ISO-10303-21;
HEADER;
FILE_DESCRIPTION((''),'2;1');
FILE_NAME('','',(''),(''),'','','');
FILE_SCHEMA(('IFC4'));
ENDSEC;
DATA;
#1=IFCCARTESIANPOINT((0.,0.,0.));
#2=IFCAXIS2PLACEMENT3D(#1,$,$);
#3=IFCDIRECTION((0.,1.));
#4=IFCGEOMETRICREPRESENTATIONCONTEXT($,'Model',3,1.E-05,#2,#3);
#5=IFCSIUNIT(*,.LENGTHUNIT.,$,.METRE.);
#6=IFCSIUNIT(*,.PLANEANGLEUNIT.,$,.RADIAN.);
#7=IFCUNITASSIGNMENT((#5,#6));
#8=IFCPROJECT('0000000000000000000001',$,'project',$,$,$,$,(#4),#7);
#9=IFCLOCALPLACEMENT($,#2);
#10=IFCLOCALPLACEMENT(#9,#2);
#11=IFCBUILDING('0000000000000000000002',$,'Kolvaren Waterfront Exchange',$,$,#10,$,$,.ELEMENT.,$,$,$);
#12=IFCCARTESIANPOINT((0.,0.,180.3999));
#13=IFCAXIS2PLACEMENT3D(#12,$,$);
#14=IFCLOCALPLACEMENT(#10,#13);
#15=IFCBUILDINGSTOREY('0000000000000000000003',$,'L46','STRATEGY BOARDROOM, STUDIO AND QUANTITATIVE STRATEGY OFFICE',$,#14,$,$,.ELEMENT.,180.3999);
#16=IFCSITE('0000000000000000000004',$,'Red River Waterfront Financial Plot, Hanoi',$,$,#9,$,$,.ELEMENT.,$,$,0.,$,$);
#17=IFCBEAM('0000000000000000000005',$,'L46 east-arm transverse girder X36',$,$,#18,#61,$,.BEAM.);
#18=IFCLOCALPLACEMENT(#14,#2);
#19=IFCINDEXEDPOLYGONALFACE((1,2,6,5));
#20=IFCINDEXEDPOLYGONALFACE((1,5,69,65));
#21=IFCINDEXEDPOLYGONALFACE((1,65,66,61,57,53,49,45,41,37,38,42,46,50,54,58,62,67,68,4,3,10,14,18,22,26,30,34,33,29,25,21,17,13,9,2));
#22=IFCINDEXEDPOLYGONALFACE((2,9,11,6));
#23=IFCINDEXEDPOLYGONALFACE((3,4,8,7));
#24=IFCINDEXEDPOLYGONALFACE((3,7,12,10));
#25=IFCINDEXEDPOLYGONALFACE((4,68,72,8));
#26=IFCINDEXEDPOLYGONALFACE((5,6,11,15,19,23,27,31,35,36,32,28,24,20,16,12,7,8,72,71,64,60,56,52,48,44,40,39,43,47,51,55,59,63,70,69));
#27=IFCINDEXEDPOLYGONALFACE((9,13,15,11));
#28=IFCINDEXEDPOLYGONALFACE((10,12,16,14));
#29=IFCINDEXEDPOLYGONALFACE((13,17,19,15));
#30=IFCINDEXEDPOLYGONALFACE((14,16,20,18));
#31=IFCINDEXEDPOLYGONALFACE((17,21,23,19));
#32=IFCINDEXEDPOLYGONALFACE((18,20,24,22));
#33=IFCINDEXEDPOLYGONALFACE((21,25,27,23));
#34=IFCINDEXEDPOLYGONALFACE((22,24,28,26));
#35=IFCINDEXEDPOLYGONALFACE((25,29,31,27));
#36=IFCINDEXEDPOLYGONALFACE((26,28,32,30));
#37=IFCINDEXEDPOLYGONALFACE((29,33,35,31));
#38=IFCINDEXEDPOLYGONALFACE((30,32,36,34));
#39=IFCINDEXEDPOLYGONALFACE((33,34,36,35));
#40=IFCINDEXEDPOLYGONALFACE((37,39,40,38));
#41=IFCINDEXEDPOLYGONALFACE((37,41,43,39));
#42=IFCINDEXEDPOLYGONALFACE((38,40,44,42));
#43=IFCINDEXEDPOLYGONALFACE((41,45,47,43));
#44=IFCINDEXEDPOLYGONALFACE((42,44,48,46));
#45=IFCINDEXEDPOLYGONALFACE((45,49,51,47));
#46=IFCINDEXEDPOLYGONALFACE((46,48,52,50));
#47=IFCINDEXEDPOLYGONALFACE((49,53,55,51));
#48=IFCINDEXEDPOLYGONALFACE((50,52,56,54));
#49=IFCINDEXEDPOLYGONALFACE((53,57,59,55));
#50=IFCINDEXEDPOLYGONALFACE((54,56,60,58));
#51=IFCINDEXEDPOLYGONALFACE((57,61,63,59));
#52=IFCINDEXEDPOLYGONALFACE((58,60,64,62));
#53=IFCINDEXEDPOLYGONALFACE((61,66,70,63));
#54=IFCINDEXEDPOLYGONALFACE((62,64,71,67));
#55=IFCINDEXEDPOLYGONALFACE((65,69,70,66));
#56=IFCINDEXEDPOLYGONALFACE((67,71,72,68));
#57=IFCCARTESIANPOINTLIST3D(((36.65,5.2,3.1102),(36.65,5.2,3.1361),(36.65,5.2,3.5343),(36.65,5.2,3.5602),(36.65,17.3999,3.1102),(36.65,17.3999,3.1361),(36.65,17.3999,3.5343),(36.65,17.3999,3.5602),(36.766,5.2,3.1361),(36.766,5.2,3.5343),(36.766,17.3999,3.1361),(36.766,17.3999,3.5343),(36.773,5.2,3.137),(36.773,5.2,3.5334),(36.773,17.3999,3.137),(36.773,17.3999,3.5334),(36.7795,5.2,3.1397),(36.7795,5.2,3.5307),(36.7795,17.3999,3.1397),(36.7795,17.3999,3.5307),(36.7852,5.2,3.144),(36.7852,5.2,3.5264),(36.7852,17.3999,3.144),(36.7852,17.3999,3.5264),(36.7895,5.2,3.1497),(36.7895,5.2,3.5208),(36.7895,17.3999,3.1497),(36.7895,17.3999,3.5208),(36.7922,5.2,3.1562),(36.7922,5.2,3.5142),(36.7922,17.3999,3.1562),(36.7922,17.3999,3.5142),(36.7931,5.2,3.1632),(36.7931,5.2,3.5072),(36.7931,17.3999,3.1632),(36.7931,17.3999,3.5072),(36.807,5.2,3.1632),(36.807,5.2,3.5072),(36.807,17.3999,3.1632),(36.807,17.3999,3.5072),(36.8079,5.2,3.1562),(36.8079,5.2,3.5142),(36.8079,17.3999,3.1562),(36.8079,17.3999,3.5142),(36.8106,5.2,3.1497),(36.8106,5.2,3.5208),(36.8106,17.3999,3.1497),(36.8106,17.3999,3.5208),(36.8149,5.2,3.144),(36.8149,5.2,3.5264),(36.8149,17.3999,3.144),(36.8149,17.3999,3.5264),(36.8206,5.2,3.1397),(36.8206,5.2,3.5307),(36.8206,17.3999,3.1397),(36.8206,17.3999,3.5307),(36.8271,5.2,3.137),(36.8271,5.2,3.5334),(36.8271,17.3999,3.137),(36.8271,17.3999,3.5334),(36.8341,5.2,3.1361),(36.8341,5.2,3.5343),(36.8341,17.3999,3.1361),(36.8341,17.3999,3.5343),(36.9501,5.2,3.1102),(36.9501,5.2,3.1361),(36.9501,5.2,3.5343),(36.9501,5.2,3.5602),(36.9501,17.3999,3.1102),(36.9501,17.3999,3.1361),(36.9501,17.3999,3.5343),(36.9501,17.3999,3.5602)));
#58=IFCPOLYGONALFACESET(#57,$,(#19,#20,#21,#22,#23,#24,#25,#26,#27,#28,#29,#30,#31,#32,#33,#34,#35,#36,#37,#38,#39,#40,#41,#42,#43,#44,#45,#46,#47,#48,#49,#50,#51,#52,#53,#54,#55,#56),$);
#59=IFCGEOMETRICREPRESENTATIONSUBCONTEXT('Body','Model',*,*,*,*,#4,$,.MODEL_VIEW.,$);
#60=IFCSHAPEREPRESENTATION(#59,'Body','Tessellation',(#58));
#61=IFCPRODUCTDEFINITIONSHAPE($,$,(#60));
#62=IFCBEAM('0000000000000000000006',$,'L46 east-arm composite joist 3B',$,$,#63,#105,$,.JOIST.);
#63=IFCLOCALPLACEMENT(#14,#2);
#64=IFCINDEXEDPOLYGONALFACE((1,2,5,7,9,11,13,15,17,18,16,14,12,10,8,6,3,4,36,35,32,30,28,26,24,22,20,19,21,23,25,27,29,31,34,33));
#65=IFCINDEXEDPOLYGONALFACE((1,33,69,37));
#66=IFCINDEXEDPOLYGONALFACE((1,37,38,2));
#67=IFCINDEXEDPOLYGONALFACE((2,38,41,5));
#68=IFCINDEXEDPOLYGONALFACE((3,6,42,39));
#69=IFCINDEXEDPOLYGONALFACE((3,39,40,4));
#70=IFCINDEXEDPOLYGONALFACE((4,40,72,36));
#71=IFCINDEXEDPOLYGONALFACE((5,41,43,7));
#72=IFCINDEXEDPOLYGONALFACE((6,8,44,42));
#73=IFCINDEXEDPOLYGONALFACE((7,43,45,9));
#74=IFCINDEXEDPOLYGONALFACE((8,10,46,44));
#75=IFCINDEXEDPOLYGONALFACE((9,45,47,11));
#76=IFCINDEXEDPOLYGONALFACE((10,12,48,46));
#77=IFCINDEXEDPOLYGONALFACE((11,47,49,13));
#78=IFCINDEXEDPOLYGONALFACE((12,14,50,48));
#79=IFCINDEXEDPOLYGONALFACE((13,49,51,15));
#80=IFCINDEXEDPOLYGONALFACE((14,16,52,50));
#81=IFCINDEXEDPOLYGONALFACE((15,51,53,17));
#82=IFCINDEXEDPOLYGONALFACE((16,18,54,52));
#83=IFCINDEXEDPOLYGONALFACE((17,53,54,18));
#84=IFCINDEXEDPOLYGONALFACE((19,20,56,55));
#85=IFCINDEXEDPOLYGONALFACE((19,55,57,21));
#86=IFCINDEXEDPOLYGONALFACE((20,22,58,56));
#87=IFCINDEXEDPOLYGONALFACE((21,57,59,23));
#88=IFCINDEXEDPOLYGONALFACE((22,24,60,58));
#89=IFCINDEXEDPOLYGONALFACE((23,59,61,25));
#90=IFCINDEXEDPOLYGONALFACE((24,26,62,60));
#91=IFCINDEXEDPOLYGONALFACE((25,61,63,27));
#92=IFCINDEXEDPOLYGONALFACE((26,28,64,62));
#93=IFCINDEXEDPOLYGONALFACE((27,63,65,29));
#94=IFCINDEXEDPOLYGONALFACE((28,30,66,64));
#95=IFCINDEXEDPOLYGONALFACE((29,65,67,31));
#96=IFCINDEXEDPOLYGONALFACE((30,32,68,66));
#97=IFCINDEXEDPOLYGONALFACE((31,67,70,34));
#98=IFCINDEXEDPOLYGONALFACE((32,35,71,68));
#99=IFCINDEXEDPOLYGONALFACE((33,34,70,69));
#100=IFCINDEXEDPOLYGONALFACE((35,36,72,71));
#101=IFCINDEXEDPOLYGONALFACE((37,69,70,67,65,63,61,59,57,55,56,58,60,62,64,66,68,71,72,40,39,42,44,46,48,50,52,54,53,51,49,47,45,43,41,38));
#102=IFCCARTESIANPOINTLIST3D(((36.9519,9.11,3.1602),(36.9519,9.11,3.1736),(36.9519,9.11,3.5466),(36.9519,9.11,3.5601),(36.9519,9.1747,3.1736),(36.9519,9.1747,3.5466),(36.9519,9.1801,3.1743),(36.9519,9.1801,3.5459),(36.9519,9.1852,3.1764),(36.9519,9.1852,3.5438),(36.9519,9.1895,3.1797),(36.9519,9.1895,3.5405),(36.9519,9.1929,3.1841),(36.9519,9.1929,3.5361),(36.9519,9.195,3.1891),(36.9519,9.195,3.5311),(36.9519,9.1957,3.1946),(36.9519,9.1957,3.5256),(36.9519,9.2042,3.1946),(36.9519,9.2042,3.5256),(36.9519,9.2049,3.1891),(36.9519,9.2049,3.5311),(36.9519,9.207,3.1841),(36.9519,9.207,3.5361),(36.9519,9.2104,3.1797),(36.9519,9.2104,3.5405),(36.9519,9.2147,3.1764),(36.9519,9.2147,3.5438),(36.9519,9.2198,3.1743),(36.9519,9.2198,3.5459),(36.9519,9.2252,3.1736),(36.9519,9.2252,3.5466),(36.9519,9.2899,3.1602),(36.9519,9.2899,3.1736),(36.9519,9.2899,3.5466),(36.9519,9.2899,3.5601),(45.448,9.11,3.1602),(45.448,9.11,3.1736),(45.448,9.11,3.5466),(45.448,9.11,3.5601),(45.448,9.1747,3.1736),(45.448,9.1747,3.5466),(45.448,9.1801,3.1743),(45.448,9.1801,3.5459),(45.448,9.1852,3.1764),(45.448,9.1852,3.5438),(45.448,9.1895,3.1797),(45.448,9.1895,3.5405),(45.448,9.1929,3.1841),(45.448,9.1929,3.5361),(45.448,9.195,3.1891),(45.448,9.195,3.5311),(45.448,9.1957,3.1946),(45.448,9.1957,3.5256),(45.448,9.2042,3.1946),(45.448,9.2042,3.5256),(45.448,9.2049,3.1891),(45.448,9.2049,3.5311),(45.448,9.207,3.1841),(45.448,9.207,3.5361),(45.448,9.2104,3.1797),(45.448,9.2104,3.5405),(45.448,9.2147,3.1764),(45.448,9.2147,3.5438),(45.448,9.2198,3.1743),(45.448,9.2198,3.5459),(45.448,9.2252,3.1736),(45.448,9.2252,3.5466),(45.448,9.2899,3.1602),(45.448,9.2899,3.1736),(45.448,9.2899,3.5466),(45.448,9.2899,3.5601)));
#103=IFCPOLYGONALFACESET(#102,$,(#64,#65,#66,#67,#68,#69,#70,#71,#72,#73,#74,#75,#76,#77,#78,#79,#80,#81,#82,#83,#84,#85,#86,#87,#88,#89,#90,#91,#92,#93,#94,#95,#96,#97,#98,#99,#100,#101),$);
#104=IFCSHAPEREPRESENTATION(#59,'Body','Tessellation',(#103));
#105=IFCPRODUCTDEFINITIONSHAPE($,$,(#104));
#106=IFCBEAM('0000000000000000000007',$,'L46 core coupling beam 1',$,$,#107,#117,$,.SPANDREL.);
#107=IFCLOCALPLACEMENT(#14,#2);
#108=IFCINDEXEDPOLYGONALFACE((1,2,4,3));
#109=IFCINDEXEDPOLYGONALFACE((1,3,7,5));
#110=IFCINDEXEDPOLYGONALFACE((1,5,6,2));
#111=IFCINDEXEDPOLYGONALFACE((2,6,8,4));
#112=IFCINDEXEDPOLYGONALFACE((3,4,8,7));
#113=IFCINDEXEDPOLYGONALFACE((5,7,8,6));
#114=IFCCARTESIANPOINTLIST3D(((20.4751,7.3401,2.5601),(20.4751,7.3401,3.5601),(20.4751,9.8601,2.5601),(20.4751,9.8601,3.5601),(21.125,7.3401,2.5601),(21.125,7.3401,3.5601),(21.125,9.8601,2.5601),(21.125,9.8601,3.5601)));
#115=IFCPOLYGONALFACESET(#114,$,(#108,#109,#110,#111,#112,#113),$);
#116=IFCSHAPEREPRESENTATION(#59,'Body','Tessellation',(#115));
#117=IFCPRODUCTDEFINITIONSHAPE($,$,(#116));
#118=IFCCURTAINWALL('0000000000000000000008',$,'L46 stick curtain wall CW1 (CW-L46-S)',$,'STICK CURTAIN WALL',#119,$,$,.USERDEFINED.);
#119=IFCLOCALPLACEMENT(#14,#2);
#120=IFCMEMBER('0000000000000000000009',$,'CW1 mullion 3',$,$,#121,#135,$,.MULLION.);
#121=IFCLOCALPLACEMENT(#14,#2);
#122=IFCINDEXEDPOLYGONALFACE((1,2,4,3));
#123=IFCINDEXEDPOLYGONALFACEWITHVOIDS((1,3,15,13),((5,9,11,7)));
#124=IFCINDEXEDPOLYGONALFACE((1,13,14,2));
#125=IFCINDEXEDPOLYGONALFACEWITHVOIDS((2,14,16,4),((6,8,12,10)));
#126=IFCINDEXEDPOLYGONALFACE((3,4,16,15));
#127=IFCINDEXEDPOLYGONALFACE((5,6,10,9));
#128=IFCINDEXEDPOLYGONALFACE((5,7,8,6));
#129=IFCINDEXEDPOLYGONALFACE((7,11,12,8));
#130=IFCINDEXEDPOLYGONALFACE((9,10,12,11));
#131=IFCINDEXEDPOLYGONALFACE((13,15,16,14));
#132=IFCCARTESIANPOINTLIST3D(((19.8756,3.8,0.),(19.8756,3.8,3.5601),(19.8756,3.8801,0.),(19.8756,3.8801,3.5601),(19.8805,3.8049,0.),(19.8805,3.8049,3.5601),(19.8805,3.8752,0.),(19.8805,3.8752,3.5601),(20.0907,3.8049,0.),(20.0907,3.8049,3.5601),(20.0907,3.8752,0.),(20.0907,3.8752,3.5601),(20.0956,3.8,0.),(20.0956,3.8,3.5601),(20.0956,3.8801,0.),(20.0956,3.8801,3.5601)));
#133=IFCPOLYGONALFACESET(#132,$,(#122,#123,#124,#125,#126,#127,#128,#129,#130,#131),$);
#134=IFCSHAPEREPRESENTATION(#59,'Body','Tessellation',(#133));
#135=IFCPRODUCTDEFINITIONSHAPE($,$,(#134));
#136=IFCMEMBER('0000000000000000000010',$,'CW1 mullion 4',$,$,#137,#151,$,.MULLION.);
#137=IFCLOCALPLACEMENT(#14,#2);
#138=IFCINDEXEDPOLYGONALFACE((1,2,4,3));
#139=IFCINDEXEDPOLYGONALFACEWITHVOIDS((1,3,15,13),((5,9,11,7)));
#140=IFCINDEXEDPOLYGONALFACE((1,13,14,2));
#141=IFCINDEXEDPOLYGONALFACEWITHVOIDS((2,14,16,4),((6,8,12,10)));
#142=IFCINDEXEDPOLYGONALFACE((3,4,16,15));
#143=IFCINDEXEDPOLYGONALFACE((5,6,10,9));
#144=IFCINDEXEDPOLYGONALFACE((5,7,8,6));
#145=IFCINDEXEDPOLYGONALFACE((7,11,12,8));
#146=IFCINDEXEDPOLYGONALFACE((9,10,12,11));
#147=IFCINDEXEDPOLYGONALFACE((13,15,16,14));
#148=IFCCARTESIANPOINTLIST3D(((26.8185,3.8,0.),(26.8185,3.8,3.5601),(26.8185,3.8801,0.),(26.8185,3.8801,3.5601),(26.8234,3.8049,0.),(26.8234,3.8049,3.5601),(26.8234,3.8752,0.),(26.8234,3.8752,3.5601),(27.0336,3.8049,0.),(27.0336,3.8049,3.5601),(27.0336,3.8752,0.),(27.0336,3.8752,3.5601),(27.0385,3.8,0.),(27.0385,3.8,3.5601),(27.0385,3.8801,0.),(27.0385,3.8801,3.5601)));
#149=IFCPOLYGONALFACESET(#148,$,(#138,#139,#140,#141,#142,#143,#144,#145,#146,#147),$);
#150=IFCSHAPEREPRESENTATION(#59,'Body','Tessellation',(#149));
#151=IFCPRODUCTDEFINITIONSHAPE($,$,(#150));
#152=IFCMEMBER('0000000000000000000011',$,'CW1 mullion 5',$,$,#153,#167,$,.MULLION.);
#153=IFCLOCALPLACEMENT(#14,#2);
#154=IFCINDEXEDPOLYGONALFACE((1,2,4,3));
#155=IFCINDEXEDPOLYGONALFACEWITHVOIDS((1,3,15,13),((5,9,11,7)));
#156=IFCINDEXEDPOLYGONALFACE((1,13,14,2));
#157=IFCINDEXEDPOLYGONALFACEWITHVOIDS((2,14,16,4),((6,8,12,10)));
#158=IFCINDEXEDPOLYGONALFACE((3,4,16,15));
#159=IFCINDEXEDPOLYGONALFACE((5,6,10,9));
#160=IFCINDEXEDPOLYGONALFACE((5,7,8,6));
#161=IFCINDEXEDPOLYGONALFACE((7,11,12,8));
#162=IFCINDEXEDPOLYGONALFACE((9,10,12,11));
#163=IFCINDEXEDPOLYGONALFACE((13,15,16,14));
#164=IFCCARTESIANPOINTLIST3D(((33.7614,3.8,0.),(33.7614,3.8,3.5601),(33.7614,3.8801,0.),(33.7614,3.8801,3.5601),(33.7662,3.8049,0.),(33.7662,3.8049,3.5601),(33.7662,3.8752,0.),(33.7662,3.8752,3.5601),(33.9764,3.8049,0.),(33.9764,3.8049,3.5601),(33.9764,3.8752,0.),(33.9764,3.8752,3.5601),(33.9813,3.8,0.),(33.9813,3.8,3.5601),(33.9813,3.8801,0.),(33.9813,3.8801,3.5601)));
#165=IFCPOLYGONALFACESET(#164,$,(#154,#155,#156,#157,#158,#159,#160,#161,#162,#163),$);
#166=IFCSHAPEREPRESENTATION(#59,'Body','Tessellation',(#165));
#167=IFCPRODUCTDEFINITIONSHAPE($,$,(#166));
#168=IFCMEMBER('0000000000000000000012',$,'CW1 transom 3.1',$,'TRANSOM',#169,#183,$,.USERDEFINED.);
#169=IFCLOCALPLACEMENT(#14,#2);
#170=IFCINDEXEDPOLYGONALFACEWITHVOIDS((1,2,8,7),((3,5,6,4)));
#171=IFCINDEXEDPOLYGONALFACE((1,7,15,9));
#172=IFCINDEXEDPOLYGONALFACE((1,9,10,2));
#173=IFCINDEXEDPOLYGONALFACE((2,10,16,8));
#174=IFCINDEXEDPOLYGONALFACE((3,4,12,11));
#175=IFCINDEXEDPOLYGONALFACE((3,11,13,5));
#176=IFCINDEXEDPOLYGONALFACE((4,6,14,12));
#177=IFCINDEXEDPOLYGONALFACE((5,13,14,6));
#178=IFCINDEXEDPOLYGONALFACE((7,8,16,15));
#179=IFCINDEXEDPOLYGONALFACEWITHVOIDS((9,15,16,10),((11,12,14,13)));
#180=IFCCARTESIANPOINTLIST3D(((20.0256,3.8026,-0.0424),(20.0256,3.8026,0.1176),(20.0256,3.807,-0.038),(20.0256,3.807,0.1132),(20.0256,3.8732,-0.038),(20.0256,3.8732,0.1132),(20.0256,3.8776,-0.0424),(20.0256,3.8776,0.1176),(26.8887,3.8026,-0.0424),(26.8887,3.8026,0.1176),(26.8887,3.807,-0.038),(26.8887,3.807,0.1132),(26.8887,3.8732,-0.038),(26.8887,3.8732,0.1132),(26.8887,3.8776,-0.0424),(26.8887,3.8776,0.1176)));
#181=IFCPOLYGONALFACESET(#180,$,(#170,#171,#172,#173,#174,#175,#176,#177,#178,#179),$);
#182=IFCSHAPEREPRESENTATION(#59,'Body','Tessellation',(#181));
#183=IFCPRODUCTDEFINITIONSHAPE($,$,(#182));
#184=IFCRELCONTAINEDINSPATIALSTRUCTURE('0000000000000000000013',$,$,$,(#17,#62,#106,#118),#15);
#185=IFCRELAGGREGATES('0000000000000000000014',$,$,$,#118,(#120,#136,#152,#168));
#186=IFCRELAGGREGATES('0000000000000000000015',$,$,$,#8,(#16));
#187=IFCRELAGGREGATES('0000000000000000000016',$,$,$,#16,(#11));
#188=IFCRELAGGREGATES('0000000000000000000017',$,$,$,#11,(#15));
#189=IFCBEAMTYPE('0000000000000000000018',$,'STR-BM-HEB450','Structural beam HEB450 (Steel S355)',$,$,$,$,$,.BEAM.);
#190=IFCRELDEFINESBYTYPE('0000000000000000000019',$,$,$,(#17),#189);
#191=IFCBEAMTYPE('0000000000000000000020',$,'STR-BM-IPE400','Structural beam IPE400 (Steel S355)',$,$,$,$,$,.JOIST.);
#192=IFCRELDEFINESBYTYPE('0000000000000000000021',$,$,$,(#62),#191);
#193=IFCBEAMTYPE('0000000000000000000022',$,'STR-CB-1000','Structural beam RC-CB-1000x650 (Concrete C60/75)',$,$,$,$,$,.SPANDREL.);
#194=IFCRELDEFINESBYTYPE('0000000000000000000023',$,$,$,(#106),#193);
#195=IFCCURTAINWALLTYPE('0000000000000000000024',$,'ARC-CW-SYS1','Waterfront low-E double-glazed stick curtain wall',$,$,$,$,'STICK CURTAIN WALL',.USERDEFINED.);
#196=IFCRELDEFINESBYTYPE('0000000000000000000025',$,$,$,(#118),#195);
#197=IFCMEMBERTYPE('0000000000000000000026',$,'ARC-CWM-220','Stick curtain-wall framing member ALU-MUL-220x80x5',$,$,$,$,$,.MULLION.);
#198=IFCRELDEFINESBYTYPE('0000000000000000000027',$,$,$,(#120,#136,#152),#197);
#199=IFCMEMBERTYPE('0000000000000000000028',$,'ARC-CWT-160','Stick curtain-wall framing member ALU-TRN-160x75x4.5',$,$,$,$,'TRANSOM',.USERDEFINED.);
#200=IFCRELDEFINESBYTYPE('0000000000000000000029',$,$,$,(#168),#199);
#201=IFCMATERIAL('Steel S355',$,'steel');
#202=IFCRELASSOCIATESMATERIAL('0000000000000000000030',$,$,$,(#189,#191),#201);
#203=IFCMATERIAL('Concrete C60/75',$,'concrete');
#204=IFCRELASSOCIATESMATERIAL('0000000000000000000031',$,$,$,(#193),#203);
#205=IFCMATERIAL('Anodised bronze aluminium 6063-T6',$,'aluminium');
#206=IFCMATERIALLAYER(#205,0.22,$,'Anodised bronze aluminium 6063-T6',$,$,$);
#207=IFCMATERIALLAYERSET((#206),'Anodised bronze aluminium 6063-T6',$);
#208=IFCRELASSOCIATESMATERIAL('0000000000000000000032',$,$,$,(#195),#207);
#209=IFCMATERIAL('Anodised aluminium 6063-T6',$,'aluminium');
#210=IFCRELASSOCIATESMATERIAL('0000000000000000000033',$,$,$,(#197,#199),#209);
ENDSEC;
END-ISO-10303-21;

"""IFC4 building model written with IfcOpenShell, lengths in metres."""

from ifc_helpers import new_model, si_unit, direction, frame, origin, origin_with_axes, origin_2d, place, context, subcontext, project, spatial, rectangle, hollow_rectangle, i_section, extrude, source, transform, mapped, material, layer, layer_set, material_profile, profile_set, type_object, element, aggregate, save


model = new_model("IFC4")

# Units and contexts
model_context = context("Model", 3, precision=1e-05, world=origin(), true_north=direction((0.0, 1.0)))
body_context = subcontext(model_context, "Body", "Model", "MODEL_VIEW")
ifc_project = project(units=[si_unit("LENGTHUNIT", "METRE"), si_unit("PLANEANGLEUNIT", "RADIAN")], contexts=[model_context])

# Site, building, storey
site_placement = place(None, origin())
site = spatial("IfcSite", under=ifc_project, at=site_placement, Name="Red River Waterfront Financial Plot, Hanoi", CompositionType="ELEMENT", RefElevation=0.0)
building_placement = place(site_placement, origin())
building = spatial("IfcBuilding", under=site, at=building_placement, Name="Kolvaren Waterfront Exchange", CompositionType="ELEMENT")
storey_placement = place(building_placement, frame((0.0, 0.0, 180.3999)))
storey = spatial("IfcBuildingStorey", under=building, at=storey_placement, Name="L46", Description="STRATEGY BOARDROOM, STUDIO AND QUANTITATIVE STRATEGY OFFICE", CompositionType="ELEMENT", Elevation=180.3999)

# Shared definitions
ifc_material_1 = material(Name="Concrete C60/75", Category="concrete")

# Beams
ifc_material_2 = material(Name="Steel S355", Category="steel")
ifc_material_profile_1 = material_profile(ifc_material_2, i_section(OverallWidth=0.3, OverallDepth=0.45, WebThickness=0.0139, FlangeThickness=0.0259, FilletRadius=0.0271, at=origin_2d()), Name="HEB450")
ifc_profile_set_1 = profile_set([ifc_material_profile_1], Name="Steel S355")
beam_type_1 = type_object("IfcBeamType", Name="STR-BM-HEB450", Description="Structural beam HEB450 (Steel S355)", PredefinedType="BEAM", material=ifc_profile_set_1)
for number, where, z_axis, x_axis, name in (
    (1, (36.8, 5.2, 3.3352), (0.0, 1.0, 0.0), (-1.0, 0.0, 0.0), "L46 east-arm transverse girder X36"),
):
    element("IfcBeam", number, at=place(storey_placement, frame(where, z_axis=z_axis, x_axis=x_axis)), inside=storey, type_object=beam_type_1, Name=name, PredefinedType="BEAM", context=body_context, shape_type="SweptSolid", body=[
        extrude(i_section(OverallWidth=0.3, OverallDepth=0.45, WebThickness=0.0139, FlangeThickness=0.0259, FilletRadius=0.0271, at=origin_2d()), origin(), (0.0, 0.0, 1.0), 12.2),
    ])
ifc_material_profile_2 = material_profile(ifc_material_2, i_section(OverallWidth=0.1799, OverallDepth=0.3999, WebThickness=0.0085, FlangeThickness=0.0134, FilletRadius=0.021, at=origin_2d()), Name="IPE400")
ifc_profile_set_2 = profile_set([ifc_material_profile_2], Name="Steel S355")
beam_type_2 = type_object("IfcBeamType", Name="STR-BM-IPE400", Description="Structural beam IPE400 (Steel S355)", PredefinedType="JOIST", material=ifc_profile_set_2)
beam_1_placement = place(storey_placement, frame((36.9519, 9.2, 3.3601), z_axis=(1.0, 0.0, 0.0), x_axis=(0.0, 1.0, 0.0)))
element("IfcBeam", 2, at=beam_1_placement, inside=storey, type_object=beam_type_2, Name="L46 east-arm composite joist 3B", PredefinedType="JOIST", context=body_context, shape_type="SweptSolid", body=[
    extrude(i_section(OverallWidth=0.1799, OverallDepth=0.3999, WebThickness=0.0085, FlangeThickness=0.0134, FilletRadius=0.021, at=origin_2d()), origin(), (0.0, 0.0, 1.0), 8.4961),
])
ifc_material_profile_3 = material_profile(ifc_material_1, rectangle(XDim=0.6499, YDim=1.0, at=origin_2d()), Name="RC-CB-1000x650")
ifc_profile_set_3 = profile_set([ifc_material_profile_3], Name="Concrete C60/75")
beam_type_3 = type_object("IfcBeamType", Name="STR-CB-1000", Description="Structural beam RC-CB-1000x650 (Concrete C60/75)", PredefinedType="SPANDREL", material=ifc_profile_set_3)
beam_2_placement = place(storey_placement, frame((20.8, 7.3401, 3.0601), z_axis=(0.0, 1.0, 0.0), x_axis=(-1.0, 0.0, 0.0)))
element("IfcBeam", 3, at=beam_2_placement, inside=storey, type_object=beam_type_3, Name="L46 core coupling beam 1", PredefinedType="SPANDREL", context=body_context, shape_type="SweptSolid", body=[
    extrude(rectangle(XDim=0.6499, YDim=1.0, at=origin_2d()), origin(), (0.0, 0.0, 1.0), 2.52),
])

# Curtain wall, members
ifc_material_3 = material(Name="Anodised bronze aluminium 6063-T6", Category="aluminium")
ifc_layer_1 = layer(ifc_material_3, 0.22, Name="Anodised bronze aluminium 6063-T6")
ifc_layer_set_1 = layer_set([ifc_layer_1], Name="Anodised bronze aluminium 6063-T6")
curtain_wall_type = type_object("IfcCurtainWallType", Name="ARC-CW-SYS1", Description="Waterfront low-E double-glazed stick curtain wall", ElementType="STICK CURTAIN WALL", PredefinedType="USERDEFINED", material=ifc_layer_set_1)
curtain_wall_placement = place(storey_placement, origin())
curtain_wall = element("IfcCurtainWall", 4, at=curtain_wall_placement, inside=storey, type_object=curtain_wall_type, Name="L46 stick curtain wall CW1 (CW-L46-S)", ObjectType="STICK CURTAIN WALL", PredefinedType="USERDEFINED")
ifc_material_4 = material(Name="Anodised aluminium 6063-T6", Category="aluminium")
ifc_material_profile_4 = material_profile(ifc_material_4, hollow_rectangle(XDim=0.0801, YDim=0.22, WallThickness=0.0049, at=origin_2d()), Name="ALU-MUL-220x80x5")
ifc_profile_set_4 = profile_set([ifc_material_profile_4], Name="Anodised aluminium 6063-T6")
member_type_1 = type_object("IfcMemberType", Name="ARC-CWM-220", Description="Stick curtain-wall framing member ALU-MUL-220x80x5", PredefinedType="MULLION", material=ifc_profile_set_4)
shared_shape_1 = source(origin_with_axes(), body_context, "Body", "SweptSolid", [
    extrude(hollow_rectangle(XDim=0.0801, YDim=0.22, WallThickness=0.0049, at=origin_2d()), origin(), (0.0, 0.0, 1.0), 3.5601),
])
member_1_placement = place(storey_placement, frame((19.9856, 3.8401, 0.0), z_axis=(0.0, 0.0, 1.0), x_axis=(0.0, 1.0, 0.0)))
member_1 = element("IfcMember", 5, at=member_1_placement, type_object=member_type_1, Name="CW1 mullion 3", PredefinedType="MULLION", context=body_context, shape_type="MappedRepresentation", body=[
    mapped(shared_shape_1, transform((0.0, 0.0, 0.0), x_axis=(1.0, 0.0, 0.0), y_axis=(0.0, 1.0, 0.0), z_axis=(0.0, 0.0, 1.0), scale=1.0)),
])
member_2_placement = place(storey_placement, frame((26.9285, 3.8401, 0.0), z_axis=(0.0, 0.0, 1.0), x_axis=(0.0, 1.0, 0.0)))
member_2 = element("IfcMember", 6, at=member_2_placement, type_object=member_type_1, Name="CW1 mullion 4", PredefinedType="MULLION", context=body_context, shape_type="MappedRepresentation", body=[
    mapped(shared_shape_1, transform((0.0, 0.0, 0.0), x_axis=(1.0, 0.0, 0.0), y_axis=(0.0, 1.0, 0.0), z_axis=(0.0, 0.0, 1.0), scale=1.0)),
])
member_3_placement = place(storey_placement, frame((33.8713, 3.8401, 0.0), z_axis=(0.0, 0.0, 1.0), x_axis=(0.0, 1.0, 0.0)))
member_3 = element("IfcMember", 7, at=member_3_placement, type_object=member_type_1, Name="CW1 mullion 5", PredefinedType="MULLION", context=body_context, shape_type="MappedRepresentation", body=[
    mapped(shared_shape_1, transform((0.0, 0.0, 0.0), x_axis=(1.0, 0.0, 0.0), y_axis=(0.0, 1.0, 0.0), z_axis=(0.0, 0.0, 1.0), scale=1.0)),
])
ifc_material_profile_5 = material_profile(ifc_material_4, hollow_rectangle(XDim=0.075, YDim=0.1599, WallThickness=0.0044, at=origin_2d()), Name="ALU-TRN-160x75x4.5")
ifc_profile_set_5 = profile_set([ifc_material_profile_5], Name="Anodised aluminium 6063-T6")
member_type_2 = type_object("IfcMemberType", Name="ARC-CWT-160", Description="Stick curtain-wall framing member ALU-TRN-160x75x4.5", ElementType="TRANSOM", PredefinedType="USERDEFINED", material=ifc_profile_set_5)
shared_shape_2 = source(origin_with_axes(), body_context, "Body", "SweptSolid", [
    extrude(hollow_rectangle(XDim=0.075, YDim=0.1599, WallThickness=0.0044, at=origin_2d()), origin(), (0.0, 0.0, 1.0), 6.863),
])
member_4_placement = place(storey_placement, frame((20.0256, 3.8401, 0.0376), z_axis=(1.0, 0.0, 0.0), x_axis=(0.0, 1.0, 0.0)))
member_4 = element("IfcMember", 8, at=member_4_placement, type_object=member_type_2, Name="CW1 transom 3.1", ObjectType="TRANSOM", PredefinedType="USERDEFINED", context=body_context, shape_type="MappedRepresentation", body=[
    mapped(shared_shape_2, transform((0.0, 0.0, 0.0), x_axis=(1.0, 0.0, 0.0), y_axis=(0.0, 1.0, 0.0), z_axis=(0.0, 0.0, 1.0), scale=1.0)),
])
aggregate(curtain_wall, [member_1, member_2, member_3, member_4])

save(model, "model.ifc")
